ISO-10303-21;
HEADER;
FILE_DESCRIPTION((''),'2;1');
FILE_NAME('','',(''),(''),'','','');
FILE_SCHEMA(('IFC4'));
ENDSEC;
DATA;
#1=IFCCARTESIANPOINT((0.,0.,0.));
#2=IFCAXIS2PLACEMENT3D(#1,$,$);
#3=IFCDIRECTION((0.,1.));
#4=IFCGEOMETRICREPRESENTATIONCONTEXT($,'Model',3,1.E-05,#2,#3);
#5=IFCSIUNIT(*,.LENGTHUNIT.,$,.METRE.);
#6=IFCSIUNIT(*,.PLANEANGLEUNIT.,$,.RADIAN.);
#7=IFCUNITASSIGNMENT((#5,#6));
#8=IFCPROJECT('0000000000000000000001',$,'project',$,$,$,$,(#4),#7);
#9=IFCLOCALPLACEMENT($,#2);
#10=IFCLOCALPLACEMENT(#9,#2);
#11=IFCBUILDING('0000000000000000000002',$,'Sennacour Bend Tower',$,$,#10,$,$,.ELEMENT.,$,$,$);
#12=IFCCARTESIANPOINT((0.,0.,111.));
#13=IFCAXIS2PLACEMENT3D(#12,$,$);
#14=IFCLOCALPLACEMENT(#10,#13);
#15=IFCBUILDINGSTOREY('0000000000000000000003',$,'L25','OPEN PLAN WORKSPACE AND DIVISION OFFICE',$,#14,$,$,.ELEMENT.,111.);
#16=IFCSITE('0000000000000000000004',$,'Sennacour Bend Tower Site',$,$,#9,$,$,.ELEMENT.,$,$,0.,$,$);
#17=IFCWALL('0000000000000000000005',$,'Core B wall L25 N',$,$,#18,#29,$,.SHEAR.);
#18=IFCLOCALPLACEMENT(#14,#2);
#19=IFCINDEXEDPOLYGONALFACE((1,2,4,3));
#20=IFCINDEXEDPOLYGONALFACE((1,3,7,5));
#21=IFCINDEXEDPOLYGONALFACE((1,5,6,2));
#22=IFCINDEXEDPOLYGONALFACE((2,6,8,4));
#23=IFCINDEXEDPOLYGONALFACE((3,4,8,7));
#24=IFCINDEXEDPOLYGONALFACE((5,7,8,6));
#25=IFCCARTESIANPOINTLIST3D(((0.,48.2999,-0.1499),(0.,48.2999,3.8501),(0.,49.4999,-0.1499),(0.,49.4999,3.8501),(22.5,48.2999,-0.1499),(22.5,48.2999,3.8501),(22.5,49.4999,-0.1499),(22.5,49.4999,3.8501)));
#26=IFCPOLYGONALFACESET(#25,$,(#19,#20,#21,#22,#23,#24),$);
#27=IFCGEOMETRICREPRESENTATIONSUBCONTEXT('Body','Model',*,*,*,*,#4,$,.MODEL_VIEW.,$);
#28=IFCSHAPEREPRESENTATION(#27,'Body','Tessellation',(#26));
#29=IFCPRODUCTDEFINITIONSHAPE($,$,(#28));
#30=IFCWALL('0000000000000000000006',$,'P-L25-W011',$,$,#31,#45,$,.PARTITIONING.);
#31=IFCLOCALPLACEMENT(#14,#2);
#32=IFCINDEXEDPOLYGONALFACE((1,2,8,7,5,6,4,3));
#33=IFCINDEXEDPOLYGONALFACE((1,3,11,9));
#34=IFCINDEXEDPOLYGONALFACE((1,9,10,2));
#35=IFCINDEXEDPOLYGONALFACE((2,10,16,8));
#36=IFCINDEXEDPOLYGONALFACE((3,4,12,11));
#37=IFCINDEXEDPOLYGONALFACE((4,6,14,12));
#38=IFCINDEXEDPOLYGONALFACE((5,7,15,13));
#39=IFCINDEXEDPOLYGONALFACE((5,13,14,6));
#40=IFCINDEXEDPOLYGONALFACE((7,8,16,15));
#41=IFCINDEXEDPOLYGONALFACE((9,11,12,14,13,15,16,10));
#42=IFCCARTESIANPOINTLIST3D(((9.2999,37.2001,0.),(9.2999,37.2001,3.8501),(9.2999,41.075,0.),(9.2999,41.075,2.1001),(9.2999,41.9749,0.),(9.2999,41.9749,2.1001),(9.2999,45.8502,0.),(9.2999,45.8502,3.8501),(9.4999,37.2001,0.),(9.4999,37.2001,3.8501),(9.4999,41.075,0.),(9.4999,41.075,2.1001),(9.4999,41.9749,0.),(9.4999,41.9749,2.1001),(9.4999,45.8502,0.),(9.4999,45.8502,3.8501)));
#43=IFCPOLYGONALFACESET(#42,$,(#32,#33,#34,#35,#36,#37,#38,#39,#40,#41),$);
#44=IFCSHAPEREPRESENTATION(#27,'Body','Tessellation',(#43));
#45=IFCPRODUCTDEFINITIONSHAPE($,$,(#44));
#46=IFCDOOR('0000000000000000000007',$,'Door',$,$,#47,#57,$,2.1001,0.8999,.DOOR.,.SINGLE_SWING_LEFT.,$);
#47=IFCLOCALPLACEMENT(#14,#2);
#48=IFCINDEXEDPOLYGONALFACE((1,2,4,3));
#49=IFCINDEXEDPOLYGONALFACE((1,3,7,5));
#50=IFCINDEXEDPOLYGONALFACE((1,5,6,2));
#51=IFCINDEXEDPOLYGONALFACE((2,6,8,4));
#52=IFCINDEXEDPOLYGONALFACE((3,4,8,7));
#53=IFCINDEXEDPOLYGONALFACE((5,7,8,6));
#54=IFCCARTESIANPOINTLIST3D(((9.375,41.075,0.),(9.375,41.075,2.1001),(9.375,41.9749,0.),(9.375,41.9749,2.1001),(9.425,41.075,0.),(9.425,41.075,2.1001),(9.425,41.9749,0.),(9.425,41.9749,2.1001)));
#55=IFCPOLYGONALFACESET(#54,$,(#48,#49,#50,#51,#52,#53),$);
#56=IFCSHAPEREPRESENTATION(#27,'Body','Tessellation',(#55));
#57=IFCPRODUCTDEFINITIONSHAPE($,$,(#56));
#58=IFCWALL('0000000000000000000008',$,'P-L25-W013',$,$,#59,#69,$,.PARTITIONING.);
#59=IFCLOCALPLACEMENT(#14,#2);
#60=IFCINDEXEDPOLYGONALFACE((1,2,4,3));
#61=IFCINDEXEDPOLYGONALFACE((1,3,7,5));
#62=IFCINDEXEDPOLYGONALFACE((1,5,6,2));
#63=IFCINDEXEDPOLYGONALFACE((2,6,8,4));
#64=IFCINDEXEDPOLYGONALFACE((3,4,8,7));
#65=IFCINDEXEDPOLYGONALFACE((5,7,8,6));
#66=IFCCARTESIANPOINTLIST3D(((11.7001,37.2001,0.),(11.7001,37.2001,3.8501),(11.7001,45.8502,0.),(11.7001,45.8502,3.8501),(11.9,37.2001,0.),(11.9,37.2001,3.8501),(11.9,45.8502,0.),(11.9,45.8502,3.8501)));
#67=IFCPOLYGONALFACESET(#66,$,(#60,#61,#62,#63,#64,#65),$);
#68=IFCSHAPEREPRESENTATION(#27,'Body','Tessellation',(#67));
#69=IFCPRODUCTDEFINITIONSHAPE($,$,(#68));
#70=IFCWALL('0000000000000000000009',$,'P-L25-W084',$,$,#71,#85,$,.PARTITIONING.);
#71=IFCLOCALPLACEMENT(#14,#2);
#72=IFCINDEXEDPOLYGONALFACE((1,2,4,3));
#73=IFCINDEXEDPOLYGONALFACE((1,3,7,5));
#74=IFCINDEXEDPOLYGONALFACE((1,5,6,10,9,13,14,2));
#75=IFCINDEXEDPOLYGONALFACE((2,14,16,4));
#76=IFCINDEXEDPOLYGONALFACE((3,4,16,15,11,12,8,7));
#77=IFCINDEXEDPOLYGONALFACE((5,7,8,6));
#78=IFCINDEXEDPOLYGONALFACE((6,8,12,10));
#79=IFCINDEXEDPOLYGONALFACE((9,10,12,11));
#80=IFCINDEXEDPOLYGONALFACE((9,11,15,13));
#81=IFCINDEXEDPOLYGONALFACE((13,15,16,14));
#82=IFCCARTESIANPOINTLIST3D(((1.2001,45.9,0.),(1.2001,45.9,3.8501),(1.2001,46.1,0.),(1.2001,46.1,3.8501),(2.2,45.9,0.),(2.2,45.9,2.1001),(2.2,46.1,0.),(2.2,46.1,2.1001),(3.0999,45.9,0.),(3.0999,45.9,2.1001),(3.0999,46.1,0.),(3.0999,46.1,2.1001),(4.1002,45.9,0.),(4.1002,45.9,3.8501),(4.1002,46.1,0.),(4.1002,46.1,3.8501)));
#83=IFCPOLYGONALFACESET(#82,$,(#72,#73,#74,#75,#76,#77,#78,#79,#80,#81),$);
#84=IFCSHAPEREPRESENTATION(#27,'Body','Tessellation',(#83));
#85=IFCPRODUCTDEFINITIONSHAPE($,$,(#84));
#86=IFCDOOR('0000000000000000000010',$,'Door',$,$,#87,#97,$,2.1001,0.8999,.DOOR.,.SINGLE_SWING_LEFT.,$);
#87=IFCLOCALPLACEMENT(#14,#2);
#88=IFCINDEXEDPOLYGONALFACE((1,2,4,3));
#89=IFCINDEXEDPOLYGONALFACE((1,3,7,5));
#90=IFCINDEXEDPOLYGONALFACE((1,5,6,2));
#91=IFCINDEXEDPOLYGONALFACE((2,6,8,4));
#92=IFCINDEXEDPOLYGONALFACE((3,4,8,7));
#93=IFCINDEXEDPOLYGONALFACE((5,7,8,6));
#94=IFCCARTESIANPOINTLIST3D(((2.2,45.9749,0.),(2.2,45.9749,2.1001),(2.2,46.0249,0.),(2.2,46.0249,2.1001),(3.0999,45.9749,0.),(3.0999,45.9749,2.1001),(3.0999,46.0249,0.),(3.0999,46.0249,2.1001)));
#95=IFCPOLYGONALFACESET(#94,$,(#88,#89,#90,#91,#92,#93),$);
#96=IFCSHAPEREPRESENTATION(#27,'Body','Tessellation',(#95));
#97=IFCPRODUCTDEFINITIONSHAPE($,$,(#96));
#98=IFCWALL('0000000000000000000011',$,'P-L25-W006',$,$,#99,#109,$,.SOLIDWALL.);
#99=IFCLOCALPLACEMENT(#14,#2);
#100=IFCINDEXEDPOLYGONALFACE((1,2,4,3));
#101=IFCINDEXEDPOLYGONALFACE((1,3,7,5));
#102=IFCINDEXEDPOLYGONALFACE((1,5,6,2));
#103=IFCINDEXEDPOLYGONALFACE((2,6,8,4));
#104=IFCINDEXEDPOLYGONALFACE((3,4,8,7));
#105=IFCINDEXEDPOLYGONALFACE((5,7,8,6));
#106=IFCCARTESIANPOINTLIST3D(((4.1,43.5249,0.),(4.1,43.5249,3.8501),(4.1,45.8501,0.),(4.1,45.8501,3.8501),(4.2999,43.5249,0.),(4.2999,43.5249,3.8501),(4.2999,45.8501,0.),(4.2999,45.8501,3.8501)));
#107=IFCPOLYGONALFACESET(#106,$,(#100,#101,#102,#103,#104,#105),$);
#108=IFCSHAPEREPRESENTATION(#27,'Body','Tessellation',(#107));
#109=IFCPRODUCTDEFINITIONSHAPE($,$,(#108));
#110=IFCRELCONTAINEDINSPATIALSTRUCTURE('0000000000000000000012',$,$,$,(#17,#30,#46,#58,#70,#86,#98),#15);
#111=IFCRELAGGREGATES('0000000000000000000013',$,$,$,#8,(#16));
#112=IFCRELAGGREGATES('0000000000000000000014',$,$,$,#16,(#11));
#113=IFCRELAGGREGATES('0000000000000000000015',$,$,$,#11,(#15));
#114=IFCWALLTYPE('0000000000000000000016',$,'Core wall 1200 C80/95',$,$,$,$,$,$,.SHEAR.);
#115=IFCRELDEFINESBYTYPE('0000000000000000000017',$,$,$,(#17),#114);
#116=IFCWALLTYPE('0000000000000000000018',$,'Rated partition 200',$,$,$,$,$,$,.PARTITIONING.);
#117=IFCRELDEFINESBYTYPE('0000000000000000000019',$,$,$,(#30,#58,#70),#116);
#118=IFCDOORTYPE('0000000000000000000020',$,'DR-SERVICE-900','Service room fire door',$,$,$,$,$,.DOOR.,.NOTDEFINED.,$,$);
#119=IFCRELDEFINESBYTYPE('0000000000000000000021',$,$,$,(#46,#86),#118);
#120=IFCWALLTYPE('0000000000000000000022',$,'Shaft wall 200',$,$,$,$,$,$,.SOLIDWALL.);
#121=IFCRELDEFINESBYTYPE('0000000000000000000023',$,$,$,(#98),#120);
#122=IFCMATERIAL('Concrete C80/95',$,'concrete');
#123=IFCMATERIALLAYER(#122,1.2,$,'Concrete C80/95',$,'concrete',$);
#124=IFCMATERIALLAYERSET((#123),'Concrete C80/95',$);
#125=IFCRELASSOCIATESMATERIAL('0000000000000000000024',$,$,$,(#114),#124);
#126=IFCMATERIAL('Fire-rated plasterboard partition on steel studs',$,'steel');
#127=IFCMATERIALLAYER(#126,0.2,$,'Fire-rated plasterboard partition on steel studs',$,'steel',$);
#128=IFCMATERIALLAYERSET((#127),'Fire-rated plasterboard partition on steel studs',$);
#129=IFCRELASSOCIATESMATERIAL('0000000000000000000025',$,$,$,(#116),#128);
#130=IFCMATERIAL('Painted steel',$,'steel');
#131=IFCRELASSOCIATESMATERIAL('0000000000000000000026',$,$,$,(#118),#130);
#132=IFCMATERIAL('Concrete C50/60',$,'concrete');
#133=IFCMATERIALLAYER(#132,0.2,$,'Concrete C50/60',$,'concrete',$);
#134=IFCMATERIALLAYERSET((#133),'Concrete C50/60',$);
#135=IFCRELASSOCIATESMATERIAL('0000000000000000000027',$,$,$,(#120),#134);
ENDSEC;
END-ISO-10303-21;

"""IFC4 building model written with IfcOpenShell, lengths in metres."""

from ifc_helpers import new_model, si_unit, direction, frame, frame_2d, origin, place, context, subcontext, project, spatial, rectangle, extrude, material, layer, layer_set, type_object, element, fill, save


model = new_model("IFC4")

# Units and contexts
model_context = context("Model", 3, precision=1e-05, world=origin(), true_north=direction((0.0, 1.0)))
body_context = subcontext(model_context, "Body", "Model", "MODEL_VIEW")
ifc_project = project(units=[si_unit("LENGTHUNIT", "METRE"), si_unit("PLANEANGLEUNIT", "RADIAN")], contexts=[model_context])

# Site, building, storey
site_placement = place(None, origin())
site = spatial("IfcSite", under=ifc_project, at=site_placement, Name="Sennacour Bend Tower Site", CompositionType="ELEMENT", RefElevation=0.0)
building_placement = place(site_placement, origin())
building = spatial("IfcBuilding", under=site, at=building_placement, Name="Sennacour Bend Tower", CompositionType="ELEMENT")
storey_placement = place(building_placement, frame((0.0, 0.0, 111.0)))
storey = spatial("IfcBuildingStorey", under=building, at=storey_placement, Name="L25", Description="OPEN PLAN WORKSPACE AND DIVISION OFFICE", CompositionType="ELEMENT", Elevation=111.0)

# Wall
ifc_material_1 = material(Name="Concrete C80/95", Category="concrete")
ifc_layer_1 = layer(ifc_material_1, 1.2, Name="Concrete C80/95", Category="concrete")
ifc_layer_set_1 = layer_set([ifc_layer_1], Name="Concrete C80/95")
wall_type_1 = type_object("IfcWallType", Name="Core wall 1200 C80/95", PredefinedType="SHEAR", material=ifc_layer_set_1)
wall_1_placement = place(storey_placement, frame((0.0, 48.8999, -0.1499), z_axis=(0.0, 0.0, 1.0), x_axis=(1.0, 0.0, 0.0)))
element("IfcWall", 1, at=wall_1_placement, inside=storey, type_object=wall_type_1, Name="Core B wall L25 N", PredefinedType="SHEAR", context=body_context, shape_type="SweptSolid", body=[
    extrude(rectangle(XDim=22.5, YDim=1.2, at=frame_2d((11.25, 0.0))), origin(), (0.0, 0.0, 1.0), 4.0),
])

# Wall, opening, door
ifc_material_2 = material(Name="Fire-rated plasterboard partition on steel studs", Category="steel")
ifc_layer_2 = layer(ifc_material_2, 0.2, Name="Fire-rated plasterboard partition on steel studs", Category="steel")
ifc_layer_set_2 = layer_set([ifc_layer_2], Name="Fire-rated plasterboard partition on steel studs")
wall_type_2 = type_object("IfcWallType", Name="Rated partition 200", PredefinedType="PARTITIONING", material=ifc_layer_set_2)
wall_2_placement = place(storey_placement, frame((9.3999, 37.2, 0.0), z_axis=(0.0, 0.0, 1.0), x_axis=(0.0, 1.0, 0.0)))
wall_2 = element("IfcWall", 2, at=wall_2_placement, inside=storey, type_object=wall_type_2, Name="P-L25-W011", PredefinedType="PARTITIONING", context=body_context, shape_type="SweptSolid", body=[
    extrude(rectangle(XDim=8.6501, YDim=0.2, at=frame_2d((4.3252, 0.0))), origin(), (0.0, 0.0, 1.0), 3.8501),
])
opening_1_placement = place(wall_2_placement, frame((3.875, 0.0, 0.0)))
opening_1 = element("IfcOpeningElement", 3, at=opening_1_placement, cuts=wall_2, PredefinedType="OPENING", context=body_context, shape_type="SweptSolid", body=[
    extrude(rectangle(XDim=0.8999, YDim=2.1001, at=frame_2d((0.45, 1.05))), frame((0.0, 0.1099, 0.0), z_axis=(0.0, -1.0, 0.0), x_axis=(1.0, 0.0, 0.0)), (0.0, 0.0, 1.0), 0.22),
])
ifc_material_3 = material(Name="Painted steel", Category="steel")
door_type_1 = type_object("IfcDoorType", Name="DR-SERVICE-900", Description="Service room fire door", OperationType="NOTDEFINED", PredefinedType="DOOR", material=ifc_material_3)
door_1_placement = place(opening_1_placement, origin())
door_1 = element("IfcDoor", 4, at=door_1_placement, inside=storey, type_object=door_type_1, Name="Door", OperationType="SINGLE_SWING_LEFT", OverallHeight=2.1001, OverallWidth=0.8999, PredefinedType="DOOR", context=body_context, shape_type="SweptSolid", body=[
    extrude(rectangle(XDim=0.8999, YDim=2.1001, at=frame_2d((0.45, 1.05))), frame((0.0, 0.0249, 0.0), z_axis=(0.0, -1.0, 0.0), x_axis=(1.0, 0.0, 0.0)), (0.0, 0.0, 1.0), 0.05),
])
fill(opening_1, door_1)

# Wall
wall_3_placement = place(storey_placement, frame((11.8, 37.2, 0.0), z_axis=(0.0, 0.0, 1.0), x_axis=(0.0, 1.0, 0.0)))
element("IfcWall", 5, at=wall_3_placement, inside=storey, type_object=wall_type_2, Name="P-L25-W013", PredefinedType="PARTITIONING", context=body_context, shape_type="SweptSolid", body=[
    extrude(rectangle(XDim=8.6501, YDim=0.2, at=frame_2d((4.3252, 0.0))), origin(), (0.0, 0.0, 1.0), 3.8501),
])

# Wall, opening, door
wall_4_placement = place(storey_placement, frame((1.2, 46.0, 0.0), z_axis=(0.0, 0.0, 1.0), x_axis=(1.0, 0.0, 0.0)))
wall_4 = element("IfcWall", 6, at=wall_4_placement, inside=storey, type_object=wall_type_2, Name="P-L25-W084", PredefinedType="PARTITIONING", context=body_context, shape_type="SweptSolid", body=[
    extrude(rectangle(XDim=2.9001, YDim=0.2, at=frame_2d((1.4502, 0.0))), origin(), (0.0, 0.0, 1.0), 3.8501),
])
opening_2_placement = place(wall_4_placement, frame((1.0, 0.0, 0.0)))
opening_2 = element("IfcOpeningElement", 7, at=opening_2_placement, cuts=wall_4, PredefinedType="OPENING", context=body_context, shape_type="SweptSolid", body=[
    extrude(rectangle(XDim=0.8999, YDim=2.1001, at=frame_2d((0.45, 1.05))), frame((0.0, 0.1099, 0.0), z_axis=(0.0, -1.0, 0.0), x_axis=(1.0, 0.0, 0.0)), (0.0, 0.0, 1.0), 0.22),
])
door_2_placement = place(opening_2_placement, origin())
door_2 = element("IfcDoor", 8, at=door_2_placement, inside=storey, type_object=door_type_1, Name="Door", OperationType="SINGLE_SWING_LEFT", OverallHeight=2.1001, OverallWidth=0.8999, PredefinedType="DOOR", context=body_context, shape_type="SweptSolid", body=[
    extrude(rectangle(XDim=0.8999, YDim=2.1001, at=frame_2d((0.45, 1.05))), frame((0.0, 0.0249, 0.0), z_axis=(0.0, -1.0, 0.0), x_axis=(1.0, 0.0, 0.0)), (0.0, 0.0, 1.0), 0.05),
])
fill(opening_2, door_2)

# Wall
ifc_material_4 = material(Name="Concrete C50/60", Category="concrete")
ifc_layer_3 = layer(ifc_material_4, 0.2, Name="Concrete C50/60", Category="concrete")
ifc_layer_set_3 = layer_set([ifc_layer_3], Name="Concrete C50/60")
wall_type_3 = type_object("IfcWallType", Name="Shaft wall 200", PredefinedType="SOLIDWALL", material=ifc_layer_set_3)
wall_5_placement = place(storey_placement, frame((4.2, 43.5249, 0.0), z_axis=(0.0, 0.0, 1.0), x_axis=(0.0, 1.0, 0.0)))
element("IfcWall", 9, at=wall_5_placement, inside=storey, type_object=wall_type_3, Name="P-L25-W006", PredefinedType="SOLIDWALL", context=body_context, shape_type="SweptSolid", body=[
    extrude(rectangle(XDim=2.3252, YDim=0.2, at=frame_2d((1.1626, 0.0))), origin(), (0.0, 0.0, 1.0), 3.8501),
])

save(model, "model.ifc")
